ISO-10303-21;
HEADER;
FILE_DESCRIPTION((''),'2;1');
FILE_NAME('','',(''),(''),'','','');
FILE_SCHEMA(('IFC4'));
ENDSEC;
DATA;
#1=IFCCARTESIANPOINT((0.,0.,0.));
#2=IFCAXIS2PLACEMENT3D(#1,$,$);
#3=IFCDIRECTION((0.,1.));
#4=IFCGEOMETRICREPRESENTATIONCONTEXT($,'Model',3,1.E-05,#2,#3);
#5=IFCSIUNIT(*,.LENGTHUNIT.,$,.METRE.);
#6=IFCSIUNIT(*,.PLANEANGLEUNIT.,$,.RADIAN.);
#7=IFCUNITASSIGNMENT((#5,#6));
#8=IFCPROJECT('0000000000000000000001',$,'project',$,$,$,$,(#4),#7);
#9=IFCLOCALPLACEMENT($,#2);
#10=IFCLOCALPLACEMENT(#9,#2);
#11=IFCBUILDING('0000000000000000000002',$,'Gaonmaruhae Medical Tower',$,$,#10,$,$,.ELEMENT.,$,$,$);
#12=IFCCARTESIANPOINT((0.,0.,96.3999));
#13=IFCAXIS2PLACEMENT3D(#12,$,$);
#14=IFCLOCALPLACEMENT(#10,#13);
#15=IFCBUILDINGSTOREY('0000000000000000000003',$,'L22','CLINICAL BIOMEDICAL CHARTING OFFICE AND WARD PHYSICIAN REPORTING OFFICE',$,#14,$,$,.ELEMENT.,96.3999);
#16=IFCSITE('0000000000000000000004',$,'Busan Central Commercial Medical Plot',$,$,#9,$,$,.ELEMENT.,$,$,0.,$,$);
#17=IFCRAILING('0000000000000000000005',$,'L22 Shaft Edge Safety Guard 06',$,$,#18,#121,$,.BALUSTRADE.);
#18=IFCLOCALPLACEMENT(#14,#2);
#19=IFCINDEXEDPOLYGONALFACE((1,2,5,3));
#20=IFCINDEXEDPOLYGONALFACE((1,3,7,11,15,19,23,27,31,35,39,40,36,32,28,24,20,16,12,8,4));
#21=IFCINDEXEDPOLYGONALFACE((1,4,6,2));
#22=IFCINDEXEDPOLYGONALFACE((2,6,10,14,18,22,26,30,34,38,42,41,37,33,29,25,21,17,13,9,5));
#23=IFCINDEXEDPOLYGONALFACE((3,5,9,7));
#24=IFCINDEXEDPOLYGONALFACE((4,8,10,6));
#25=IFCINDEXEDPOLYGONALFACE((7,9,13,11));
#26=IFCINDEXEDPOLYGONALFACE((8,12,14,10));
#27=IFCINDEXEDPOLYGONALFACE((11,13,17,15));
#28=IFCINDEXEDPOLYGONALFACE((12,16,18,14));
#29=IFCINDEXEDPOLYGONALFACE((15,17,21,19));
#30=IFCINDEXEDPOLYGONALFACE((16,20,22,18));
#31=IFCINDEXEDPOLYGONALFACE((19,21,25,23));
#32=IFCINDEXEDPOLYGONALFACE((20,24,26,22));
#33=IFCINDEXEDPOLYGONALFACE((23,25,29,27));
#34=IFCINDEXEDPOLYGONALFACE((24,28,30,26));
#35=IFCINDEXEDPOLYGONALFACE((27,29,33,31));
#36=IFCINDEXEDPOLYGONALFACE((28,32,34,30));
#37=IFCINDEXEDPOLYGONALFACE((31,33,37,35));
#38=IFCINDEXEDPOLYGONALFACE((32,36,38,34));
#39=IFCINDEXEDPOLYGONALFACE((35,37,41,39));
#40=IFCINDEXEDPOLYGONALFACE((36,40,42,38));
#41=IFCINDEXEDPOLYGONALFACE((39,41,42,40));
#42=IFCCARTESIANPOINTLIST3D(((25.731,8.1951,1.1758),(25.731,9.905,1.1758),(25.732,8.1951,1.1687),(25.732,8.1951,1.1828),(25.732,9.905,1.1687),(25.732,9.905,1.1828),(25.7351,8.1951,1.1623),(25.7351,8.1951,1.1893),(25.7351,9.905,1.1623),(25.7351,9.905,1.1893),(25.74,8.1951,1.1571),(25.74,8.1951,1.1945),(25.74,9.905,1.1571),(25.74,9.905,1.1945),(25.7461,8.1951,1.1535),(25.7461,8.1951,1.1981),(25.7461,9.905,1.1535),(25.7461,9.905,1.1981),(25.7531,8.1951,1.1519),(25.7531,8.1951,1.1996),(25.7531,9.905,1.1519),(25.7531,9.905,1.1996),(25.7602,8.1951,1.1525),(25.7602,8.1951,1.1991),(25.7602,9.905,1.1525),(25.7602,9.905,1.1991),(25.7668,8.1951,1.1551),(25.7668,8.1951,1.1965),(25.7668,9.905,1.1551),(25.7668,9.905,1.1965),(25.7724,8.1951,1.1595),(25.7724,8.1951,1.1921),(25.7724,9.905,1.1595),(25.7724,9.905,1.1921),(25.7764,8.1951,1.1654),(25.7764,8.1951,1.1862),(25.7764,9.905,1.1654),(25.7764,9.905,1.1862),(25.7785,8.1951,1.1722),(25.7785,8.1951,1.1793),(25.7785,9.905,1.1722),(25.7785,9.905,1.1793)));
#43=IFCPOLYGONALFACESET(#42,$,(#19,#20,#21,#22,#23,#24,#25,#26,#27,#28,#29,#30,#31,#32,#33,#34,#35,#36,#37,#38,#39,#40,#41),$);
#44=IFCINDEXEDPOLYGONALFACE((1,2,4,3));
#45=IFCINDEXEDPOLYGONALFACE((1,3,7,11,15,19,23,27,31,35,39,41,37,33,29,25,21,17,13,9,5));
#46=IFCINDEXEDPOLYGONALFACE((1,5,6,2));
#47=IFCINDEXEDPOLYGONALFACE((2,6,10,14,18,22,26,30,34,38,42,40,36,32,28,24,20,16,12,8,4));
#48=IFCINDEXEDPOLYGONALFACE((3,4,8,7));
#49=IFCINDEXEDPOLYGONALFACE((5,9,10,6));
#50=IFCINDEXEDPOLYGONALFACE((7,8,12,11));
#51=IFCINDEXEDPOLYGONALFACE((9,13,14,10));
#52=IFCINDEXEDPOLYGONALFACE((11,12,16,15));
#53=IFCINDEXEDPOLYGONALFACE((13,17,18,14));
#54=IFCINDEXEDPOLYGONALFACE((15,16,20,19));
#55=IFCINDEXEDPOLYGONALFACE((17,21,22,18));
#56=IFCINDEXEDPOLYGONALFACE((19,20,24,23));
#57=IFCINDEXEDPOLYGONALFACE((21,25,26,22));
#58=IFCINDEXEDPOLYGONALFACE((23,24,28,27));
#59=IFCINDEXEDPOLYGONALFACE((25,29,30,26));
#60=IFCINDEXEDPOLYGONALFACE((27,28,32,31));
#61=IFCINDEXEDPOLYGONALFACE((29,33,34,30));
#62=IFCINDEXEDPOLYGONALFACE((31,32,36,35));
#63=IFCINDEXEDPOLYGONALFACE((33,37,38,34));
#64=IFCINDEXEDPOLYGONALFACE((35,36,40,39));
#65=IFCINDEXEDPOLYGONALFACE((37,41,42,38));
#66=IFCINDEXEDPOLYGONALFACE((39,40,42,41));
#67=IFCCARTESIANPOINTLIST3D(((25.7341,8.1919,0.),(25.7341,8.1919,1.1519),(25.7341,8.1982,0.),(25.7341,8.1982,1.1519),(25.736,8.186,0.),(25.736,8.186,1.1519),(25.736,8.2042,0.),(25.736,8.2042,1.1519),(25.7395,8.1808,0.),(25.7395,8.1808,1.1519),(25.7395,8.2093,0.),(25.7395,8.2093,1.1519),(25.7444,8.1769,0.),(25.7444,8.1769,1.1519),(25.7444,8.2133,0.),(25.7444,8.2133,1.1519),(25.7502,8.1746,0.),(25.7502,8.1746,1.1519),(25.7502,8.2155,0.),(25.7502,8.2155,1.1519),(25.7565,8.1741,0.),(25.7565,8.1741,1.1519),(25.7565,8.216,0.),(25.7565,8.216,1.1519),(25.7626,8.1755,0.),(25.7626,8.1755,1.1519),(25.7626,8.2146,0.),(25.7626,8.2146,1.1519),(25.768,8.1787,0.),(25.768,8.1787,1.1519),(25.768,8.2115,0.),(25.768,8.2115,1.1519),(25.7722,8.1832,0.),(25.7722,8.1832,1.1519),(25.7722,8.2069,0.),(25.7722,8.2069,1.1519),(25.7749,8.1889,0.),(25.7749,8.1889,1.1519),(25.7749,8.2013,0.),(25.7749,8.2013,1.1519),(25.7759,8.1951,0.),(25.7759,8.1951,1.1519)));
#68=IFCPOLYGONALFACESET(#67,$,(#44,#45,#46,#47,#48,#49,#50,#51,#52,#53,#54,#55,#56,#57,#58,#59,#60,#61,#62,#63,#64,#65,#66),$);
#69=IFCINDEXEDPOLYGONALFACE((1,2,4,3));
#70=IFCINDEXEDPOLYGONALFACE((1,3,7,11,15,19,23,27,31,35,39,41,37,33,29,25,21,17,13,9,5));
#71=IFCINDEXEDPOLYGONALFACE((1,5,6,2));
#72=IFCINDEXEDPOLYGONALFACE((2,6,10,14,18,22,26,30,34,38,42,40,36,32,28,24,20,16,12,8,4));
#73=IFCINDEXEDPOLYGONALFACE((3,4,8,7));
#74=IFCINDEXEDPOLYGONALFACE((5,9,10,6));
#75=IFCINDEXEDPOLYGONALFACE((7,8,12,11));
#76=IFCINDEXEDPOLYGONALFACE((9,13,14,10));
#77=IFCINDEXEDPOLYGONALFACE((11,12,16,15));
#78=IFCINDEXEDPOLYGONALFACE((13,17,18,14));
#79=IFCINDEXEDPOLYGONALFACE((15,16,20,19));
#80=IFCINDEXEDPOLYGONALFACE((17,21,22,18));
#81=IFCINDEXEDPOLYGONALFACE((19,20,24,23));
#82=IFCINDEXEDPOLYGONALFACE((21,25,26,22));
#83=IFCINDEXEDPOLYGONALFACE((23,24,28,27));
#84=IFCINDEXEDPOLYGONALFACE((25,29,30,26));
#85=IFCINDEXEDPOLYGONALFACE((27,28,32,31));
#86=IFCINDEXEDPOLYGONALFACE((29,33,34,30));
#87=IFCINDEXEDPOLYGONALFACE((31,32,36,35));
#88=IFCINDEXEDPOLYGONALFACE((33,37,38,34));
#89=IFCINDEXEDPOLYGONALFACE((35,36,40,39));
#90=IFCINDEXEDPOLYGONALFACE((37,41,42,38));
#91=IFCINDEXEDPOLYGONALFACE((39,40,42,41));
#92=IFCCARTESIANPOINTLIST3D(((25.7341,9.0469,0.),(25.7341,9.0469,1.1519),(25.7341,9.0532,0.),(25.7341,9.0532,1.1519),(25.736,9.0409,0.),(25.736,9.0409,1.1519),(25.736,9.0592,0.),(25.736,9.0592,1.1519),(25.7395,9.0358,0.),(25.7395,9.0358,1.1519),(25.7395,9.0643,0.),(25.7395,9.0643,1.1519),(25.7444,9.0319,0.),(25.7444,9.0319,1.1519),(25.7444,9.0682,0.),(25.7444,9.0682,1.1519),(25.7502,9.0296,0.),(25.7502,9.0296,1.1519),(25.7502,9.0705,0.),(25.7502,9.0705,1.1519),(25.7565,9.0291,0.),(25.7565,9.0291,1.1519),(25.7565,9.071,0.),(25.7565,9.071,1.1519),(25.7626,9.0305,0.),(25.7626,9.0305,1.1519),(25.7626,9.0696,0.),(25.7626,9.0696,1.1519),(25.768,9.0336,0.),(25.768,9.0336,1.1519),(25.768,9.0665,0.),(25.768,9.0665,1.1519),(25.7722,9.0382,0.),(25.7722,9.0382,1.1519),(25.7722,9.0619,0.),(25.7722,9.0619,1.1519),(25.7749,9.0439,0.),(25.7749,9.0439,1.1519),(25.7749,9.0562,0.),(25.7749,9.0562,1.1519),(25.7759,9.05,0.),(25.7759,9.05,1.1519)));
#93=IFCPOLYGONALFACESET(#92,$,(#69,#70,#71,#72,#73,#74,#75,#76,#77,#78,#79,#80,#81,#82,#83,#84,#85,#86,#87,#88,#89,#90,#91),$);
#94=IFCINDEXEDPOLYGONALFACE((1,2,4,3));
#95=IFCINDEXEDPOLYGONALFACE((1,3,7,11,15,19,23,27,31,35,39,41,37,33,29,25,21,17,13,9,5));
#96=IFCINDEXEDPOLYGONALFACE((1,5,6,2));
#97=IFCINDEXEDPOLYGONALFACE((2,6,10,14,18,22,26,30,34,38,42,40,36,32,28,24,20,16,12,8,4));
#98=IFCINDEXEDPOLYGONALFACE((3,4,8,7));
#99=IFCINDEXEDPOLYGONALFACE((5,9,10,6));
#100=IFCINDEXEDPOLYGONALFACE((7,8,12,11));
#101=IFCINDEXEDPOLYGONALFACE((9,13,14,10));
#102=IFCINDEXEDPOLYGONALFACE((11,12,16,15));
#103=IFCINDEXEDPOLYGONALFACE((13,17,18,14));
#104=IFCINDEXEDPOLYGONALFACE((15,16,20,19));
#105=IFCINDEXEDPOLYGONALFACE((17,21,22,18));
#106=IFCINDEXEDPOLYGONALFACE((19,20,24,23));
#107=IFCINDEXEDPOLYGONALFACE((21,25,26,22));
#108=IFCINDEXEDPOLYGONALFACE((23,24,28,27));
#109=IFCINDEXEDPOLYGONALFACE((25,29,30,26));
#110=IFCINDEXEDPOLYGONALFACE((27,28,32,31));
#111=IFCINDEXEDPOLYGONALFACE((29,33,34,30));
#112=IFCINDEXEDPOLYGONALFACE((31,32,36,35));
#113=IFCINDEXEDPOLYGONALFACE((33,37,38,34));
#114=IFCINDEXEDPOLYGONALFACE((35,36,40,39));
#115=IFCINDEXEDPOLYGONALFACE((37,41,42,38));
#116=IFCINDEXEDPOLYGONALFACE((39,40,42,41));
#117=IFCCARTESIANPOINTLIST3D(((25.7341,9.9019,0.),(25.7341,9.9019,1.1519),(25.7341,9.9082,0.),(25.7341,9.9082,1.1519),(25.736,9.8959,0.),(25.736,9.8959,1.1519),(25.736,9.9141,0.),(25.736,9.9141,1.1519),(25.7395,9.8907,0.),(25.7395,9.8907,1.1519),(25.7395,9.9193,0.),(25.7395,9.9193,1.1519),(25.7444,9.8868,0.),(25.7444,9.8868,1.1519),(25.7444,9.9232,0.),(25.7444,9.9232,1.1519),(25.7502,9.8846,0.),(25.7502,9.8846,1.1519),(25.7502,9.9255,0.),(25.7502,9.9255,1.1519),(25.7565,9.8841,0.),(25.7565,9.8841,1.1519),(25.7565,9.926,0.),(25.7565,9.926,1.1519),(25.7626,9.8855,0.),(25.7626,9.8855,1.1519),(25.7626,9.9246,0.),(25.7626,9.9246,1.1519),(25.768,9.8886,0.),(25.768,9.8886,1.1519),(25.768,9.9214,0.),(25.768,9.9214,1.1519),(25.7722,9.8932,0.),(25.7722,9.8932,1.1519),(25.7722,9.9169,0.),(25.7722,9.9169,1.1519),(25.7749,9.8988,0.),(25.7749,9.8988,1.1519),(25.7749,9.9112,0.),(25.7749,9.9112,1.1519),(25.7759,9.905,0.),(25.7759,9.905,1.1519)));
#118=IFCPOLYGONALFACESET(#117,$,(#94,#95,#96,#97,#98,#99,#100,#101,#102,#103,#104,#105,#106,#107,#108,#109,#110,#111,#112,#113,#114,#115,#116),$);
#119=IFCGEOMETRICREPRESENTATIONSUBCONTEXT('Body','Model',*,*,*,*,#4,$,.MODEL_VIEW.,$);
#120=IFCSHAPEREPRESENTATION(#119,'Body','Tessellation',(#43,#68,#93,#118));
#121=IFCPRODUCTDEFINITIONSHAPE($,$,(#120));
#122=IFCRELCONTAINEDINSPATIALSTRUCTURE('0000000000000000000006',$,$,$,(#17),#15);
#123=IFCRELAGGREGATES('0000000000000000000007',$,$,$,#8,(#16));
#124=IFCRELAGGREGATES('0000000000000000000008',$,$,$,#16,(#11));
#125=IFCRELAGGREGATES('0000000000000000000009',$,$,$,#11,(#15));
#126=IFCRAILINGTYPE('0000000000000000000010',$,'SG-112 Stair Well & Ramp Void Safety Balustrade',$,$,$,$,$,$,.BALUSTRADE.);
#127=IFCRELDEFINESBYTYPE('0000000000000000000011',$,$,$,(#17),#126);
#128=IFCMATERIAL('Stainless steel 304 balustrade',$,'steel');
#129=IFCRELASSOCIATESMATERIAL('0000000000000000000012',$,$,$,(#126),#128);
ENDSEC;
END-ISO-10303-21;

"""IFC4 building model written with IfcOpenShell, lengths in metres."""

from ifc_helpers import new_model, si_unit, direction, frame, origin, origin_2d, place, context, subcontext, project, spatial, circle, extrude, material, type_object, element, save


model = new_model("IFC4")

# Units and contexts
model_context = context("Model", 3, precision=1e-05, world=origin(), true_north=direction((0.0, 1.0)))
body_context = subcontext(model_context, "Body", "Model", "MODEL_VIEW")
ifc_project = project(units=[si_unit("LENGTHUNIT", "METRE"), si_unit("PLANEANGLEUNIT", "RADIAN")], contexts=[model_context])

# Site, building, storey
site_placement = place(None, origin())
site = spatial("IfcSite", under=ifc_project, at=site_placement, Name="Busan Central Commercial Medical Plot", CompositionType="ELEMENT", RefElevation=0.0)
building_placement = place(site_placement, origin())
building = spatial("IfcBuilding", under=site, at=building_placement, Name="Gaonmaruhae Medical Tower", CompositionType="ELEMENT")
storey_placement = place(building_placement, frame((0.0, 0.0, 96.3999)))
storey = spatial("IfcBuildingStorey", under=building, at=storey_placement, Name="L22", Description="CLINICAL BIOMEDICAL CHARTING OFFICE AND WARD PHYSICIAN REPORTING OFFICE", CompositionType="ELEMENT", Elevation=96.3999)

# Railing
ifc_material_1 = material(Name="Stainless steel 304 balustrade", Category="steel")
railing_type_1 = type_object("IfcRailingType", Name="SG-112 Stair Well & Ramp Void Safety Balustrade", PredefinedType="BALUSTRADE", material=ifc_material_1)
railing_1_placement = place(storey_placement, frame((25.7549, 8.1951, 0.0)))
element("IfcRailing", 1, at=railing_1_placement, inside=storey, type_object=railing_type_1, Name="L22 Shaft Edge Safety Guard 06", PredefinedType="BALUSTRADE", context=body_context, shape_type="SweptSolid", body=[
    extrude(circle(Radius=0.0239, at=origin_2d()), frame((0.0, 0.0, 1.1758), z_axis=(0.0, 1.0, 0.0), x_axis=(-1.0, 0.0, 0.0)), (0.0, 0.0, 1.0), 1.71),
    extrude(circle(Radius=0.021, at=origin_2d()), origin(), (0.0, 0.0, 1.0), 1.1519),
    extrude(circle(Radius=0.021, at=origin_2d()), frame((0.0, 0.855, 0.0)), (0.0, 0.0, 1.0), 1.1519),
    extrude(circle(Radius=0.021, at=origin_2d()), frame((0.0, 1.71, 0.0)), (0.0, 0.0, 1.0), 1.1519),
])

save(model, "model.ifc")
